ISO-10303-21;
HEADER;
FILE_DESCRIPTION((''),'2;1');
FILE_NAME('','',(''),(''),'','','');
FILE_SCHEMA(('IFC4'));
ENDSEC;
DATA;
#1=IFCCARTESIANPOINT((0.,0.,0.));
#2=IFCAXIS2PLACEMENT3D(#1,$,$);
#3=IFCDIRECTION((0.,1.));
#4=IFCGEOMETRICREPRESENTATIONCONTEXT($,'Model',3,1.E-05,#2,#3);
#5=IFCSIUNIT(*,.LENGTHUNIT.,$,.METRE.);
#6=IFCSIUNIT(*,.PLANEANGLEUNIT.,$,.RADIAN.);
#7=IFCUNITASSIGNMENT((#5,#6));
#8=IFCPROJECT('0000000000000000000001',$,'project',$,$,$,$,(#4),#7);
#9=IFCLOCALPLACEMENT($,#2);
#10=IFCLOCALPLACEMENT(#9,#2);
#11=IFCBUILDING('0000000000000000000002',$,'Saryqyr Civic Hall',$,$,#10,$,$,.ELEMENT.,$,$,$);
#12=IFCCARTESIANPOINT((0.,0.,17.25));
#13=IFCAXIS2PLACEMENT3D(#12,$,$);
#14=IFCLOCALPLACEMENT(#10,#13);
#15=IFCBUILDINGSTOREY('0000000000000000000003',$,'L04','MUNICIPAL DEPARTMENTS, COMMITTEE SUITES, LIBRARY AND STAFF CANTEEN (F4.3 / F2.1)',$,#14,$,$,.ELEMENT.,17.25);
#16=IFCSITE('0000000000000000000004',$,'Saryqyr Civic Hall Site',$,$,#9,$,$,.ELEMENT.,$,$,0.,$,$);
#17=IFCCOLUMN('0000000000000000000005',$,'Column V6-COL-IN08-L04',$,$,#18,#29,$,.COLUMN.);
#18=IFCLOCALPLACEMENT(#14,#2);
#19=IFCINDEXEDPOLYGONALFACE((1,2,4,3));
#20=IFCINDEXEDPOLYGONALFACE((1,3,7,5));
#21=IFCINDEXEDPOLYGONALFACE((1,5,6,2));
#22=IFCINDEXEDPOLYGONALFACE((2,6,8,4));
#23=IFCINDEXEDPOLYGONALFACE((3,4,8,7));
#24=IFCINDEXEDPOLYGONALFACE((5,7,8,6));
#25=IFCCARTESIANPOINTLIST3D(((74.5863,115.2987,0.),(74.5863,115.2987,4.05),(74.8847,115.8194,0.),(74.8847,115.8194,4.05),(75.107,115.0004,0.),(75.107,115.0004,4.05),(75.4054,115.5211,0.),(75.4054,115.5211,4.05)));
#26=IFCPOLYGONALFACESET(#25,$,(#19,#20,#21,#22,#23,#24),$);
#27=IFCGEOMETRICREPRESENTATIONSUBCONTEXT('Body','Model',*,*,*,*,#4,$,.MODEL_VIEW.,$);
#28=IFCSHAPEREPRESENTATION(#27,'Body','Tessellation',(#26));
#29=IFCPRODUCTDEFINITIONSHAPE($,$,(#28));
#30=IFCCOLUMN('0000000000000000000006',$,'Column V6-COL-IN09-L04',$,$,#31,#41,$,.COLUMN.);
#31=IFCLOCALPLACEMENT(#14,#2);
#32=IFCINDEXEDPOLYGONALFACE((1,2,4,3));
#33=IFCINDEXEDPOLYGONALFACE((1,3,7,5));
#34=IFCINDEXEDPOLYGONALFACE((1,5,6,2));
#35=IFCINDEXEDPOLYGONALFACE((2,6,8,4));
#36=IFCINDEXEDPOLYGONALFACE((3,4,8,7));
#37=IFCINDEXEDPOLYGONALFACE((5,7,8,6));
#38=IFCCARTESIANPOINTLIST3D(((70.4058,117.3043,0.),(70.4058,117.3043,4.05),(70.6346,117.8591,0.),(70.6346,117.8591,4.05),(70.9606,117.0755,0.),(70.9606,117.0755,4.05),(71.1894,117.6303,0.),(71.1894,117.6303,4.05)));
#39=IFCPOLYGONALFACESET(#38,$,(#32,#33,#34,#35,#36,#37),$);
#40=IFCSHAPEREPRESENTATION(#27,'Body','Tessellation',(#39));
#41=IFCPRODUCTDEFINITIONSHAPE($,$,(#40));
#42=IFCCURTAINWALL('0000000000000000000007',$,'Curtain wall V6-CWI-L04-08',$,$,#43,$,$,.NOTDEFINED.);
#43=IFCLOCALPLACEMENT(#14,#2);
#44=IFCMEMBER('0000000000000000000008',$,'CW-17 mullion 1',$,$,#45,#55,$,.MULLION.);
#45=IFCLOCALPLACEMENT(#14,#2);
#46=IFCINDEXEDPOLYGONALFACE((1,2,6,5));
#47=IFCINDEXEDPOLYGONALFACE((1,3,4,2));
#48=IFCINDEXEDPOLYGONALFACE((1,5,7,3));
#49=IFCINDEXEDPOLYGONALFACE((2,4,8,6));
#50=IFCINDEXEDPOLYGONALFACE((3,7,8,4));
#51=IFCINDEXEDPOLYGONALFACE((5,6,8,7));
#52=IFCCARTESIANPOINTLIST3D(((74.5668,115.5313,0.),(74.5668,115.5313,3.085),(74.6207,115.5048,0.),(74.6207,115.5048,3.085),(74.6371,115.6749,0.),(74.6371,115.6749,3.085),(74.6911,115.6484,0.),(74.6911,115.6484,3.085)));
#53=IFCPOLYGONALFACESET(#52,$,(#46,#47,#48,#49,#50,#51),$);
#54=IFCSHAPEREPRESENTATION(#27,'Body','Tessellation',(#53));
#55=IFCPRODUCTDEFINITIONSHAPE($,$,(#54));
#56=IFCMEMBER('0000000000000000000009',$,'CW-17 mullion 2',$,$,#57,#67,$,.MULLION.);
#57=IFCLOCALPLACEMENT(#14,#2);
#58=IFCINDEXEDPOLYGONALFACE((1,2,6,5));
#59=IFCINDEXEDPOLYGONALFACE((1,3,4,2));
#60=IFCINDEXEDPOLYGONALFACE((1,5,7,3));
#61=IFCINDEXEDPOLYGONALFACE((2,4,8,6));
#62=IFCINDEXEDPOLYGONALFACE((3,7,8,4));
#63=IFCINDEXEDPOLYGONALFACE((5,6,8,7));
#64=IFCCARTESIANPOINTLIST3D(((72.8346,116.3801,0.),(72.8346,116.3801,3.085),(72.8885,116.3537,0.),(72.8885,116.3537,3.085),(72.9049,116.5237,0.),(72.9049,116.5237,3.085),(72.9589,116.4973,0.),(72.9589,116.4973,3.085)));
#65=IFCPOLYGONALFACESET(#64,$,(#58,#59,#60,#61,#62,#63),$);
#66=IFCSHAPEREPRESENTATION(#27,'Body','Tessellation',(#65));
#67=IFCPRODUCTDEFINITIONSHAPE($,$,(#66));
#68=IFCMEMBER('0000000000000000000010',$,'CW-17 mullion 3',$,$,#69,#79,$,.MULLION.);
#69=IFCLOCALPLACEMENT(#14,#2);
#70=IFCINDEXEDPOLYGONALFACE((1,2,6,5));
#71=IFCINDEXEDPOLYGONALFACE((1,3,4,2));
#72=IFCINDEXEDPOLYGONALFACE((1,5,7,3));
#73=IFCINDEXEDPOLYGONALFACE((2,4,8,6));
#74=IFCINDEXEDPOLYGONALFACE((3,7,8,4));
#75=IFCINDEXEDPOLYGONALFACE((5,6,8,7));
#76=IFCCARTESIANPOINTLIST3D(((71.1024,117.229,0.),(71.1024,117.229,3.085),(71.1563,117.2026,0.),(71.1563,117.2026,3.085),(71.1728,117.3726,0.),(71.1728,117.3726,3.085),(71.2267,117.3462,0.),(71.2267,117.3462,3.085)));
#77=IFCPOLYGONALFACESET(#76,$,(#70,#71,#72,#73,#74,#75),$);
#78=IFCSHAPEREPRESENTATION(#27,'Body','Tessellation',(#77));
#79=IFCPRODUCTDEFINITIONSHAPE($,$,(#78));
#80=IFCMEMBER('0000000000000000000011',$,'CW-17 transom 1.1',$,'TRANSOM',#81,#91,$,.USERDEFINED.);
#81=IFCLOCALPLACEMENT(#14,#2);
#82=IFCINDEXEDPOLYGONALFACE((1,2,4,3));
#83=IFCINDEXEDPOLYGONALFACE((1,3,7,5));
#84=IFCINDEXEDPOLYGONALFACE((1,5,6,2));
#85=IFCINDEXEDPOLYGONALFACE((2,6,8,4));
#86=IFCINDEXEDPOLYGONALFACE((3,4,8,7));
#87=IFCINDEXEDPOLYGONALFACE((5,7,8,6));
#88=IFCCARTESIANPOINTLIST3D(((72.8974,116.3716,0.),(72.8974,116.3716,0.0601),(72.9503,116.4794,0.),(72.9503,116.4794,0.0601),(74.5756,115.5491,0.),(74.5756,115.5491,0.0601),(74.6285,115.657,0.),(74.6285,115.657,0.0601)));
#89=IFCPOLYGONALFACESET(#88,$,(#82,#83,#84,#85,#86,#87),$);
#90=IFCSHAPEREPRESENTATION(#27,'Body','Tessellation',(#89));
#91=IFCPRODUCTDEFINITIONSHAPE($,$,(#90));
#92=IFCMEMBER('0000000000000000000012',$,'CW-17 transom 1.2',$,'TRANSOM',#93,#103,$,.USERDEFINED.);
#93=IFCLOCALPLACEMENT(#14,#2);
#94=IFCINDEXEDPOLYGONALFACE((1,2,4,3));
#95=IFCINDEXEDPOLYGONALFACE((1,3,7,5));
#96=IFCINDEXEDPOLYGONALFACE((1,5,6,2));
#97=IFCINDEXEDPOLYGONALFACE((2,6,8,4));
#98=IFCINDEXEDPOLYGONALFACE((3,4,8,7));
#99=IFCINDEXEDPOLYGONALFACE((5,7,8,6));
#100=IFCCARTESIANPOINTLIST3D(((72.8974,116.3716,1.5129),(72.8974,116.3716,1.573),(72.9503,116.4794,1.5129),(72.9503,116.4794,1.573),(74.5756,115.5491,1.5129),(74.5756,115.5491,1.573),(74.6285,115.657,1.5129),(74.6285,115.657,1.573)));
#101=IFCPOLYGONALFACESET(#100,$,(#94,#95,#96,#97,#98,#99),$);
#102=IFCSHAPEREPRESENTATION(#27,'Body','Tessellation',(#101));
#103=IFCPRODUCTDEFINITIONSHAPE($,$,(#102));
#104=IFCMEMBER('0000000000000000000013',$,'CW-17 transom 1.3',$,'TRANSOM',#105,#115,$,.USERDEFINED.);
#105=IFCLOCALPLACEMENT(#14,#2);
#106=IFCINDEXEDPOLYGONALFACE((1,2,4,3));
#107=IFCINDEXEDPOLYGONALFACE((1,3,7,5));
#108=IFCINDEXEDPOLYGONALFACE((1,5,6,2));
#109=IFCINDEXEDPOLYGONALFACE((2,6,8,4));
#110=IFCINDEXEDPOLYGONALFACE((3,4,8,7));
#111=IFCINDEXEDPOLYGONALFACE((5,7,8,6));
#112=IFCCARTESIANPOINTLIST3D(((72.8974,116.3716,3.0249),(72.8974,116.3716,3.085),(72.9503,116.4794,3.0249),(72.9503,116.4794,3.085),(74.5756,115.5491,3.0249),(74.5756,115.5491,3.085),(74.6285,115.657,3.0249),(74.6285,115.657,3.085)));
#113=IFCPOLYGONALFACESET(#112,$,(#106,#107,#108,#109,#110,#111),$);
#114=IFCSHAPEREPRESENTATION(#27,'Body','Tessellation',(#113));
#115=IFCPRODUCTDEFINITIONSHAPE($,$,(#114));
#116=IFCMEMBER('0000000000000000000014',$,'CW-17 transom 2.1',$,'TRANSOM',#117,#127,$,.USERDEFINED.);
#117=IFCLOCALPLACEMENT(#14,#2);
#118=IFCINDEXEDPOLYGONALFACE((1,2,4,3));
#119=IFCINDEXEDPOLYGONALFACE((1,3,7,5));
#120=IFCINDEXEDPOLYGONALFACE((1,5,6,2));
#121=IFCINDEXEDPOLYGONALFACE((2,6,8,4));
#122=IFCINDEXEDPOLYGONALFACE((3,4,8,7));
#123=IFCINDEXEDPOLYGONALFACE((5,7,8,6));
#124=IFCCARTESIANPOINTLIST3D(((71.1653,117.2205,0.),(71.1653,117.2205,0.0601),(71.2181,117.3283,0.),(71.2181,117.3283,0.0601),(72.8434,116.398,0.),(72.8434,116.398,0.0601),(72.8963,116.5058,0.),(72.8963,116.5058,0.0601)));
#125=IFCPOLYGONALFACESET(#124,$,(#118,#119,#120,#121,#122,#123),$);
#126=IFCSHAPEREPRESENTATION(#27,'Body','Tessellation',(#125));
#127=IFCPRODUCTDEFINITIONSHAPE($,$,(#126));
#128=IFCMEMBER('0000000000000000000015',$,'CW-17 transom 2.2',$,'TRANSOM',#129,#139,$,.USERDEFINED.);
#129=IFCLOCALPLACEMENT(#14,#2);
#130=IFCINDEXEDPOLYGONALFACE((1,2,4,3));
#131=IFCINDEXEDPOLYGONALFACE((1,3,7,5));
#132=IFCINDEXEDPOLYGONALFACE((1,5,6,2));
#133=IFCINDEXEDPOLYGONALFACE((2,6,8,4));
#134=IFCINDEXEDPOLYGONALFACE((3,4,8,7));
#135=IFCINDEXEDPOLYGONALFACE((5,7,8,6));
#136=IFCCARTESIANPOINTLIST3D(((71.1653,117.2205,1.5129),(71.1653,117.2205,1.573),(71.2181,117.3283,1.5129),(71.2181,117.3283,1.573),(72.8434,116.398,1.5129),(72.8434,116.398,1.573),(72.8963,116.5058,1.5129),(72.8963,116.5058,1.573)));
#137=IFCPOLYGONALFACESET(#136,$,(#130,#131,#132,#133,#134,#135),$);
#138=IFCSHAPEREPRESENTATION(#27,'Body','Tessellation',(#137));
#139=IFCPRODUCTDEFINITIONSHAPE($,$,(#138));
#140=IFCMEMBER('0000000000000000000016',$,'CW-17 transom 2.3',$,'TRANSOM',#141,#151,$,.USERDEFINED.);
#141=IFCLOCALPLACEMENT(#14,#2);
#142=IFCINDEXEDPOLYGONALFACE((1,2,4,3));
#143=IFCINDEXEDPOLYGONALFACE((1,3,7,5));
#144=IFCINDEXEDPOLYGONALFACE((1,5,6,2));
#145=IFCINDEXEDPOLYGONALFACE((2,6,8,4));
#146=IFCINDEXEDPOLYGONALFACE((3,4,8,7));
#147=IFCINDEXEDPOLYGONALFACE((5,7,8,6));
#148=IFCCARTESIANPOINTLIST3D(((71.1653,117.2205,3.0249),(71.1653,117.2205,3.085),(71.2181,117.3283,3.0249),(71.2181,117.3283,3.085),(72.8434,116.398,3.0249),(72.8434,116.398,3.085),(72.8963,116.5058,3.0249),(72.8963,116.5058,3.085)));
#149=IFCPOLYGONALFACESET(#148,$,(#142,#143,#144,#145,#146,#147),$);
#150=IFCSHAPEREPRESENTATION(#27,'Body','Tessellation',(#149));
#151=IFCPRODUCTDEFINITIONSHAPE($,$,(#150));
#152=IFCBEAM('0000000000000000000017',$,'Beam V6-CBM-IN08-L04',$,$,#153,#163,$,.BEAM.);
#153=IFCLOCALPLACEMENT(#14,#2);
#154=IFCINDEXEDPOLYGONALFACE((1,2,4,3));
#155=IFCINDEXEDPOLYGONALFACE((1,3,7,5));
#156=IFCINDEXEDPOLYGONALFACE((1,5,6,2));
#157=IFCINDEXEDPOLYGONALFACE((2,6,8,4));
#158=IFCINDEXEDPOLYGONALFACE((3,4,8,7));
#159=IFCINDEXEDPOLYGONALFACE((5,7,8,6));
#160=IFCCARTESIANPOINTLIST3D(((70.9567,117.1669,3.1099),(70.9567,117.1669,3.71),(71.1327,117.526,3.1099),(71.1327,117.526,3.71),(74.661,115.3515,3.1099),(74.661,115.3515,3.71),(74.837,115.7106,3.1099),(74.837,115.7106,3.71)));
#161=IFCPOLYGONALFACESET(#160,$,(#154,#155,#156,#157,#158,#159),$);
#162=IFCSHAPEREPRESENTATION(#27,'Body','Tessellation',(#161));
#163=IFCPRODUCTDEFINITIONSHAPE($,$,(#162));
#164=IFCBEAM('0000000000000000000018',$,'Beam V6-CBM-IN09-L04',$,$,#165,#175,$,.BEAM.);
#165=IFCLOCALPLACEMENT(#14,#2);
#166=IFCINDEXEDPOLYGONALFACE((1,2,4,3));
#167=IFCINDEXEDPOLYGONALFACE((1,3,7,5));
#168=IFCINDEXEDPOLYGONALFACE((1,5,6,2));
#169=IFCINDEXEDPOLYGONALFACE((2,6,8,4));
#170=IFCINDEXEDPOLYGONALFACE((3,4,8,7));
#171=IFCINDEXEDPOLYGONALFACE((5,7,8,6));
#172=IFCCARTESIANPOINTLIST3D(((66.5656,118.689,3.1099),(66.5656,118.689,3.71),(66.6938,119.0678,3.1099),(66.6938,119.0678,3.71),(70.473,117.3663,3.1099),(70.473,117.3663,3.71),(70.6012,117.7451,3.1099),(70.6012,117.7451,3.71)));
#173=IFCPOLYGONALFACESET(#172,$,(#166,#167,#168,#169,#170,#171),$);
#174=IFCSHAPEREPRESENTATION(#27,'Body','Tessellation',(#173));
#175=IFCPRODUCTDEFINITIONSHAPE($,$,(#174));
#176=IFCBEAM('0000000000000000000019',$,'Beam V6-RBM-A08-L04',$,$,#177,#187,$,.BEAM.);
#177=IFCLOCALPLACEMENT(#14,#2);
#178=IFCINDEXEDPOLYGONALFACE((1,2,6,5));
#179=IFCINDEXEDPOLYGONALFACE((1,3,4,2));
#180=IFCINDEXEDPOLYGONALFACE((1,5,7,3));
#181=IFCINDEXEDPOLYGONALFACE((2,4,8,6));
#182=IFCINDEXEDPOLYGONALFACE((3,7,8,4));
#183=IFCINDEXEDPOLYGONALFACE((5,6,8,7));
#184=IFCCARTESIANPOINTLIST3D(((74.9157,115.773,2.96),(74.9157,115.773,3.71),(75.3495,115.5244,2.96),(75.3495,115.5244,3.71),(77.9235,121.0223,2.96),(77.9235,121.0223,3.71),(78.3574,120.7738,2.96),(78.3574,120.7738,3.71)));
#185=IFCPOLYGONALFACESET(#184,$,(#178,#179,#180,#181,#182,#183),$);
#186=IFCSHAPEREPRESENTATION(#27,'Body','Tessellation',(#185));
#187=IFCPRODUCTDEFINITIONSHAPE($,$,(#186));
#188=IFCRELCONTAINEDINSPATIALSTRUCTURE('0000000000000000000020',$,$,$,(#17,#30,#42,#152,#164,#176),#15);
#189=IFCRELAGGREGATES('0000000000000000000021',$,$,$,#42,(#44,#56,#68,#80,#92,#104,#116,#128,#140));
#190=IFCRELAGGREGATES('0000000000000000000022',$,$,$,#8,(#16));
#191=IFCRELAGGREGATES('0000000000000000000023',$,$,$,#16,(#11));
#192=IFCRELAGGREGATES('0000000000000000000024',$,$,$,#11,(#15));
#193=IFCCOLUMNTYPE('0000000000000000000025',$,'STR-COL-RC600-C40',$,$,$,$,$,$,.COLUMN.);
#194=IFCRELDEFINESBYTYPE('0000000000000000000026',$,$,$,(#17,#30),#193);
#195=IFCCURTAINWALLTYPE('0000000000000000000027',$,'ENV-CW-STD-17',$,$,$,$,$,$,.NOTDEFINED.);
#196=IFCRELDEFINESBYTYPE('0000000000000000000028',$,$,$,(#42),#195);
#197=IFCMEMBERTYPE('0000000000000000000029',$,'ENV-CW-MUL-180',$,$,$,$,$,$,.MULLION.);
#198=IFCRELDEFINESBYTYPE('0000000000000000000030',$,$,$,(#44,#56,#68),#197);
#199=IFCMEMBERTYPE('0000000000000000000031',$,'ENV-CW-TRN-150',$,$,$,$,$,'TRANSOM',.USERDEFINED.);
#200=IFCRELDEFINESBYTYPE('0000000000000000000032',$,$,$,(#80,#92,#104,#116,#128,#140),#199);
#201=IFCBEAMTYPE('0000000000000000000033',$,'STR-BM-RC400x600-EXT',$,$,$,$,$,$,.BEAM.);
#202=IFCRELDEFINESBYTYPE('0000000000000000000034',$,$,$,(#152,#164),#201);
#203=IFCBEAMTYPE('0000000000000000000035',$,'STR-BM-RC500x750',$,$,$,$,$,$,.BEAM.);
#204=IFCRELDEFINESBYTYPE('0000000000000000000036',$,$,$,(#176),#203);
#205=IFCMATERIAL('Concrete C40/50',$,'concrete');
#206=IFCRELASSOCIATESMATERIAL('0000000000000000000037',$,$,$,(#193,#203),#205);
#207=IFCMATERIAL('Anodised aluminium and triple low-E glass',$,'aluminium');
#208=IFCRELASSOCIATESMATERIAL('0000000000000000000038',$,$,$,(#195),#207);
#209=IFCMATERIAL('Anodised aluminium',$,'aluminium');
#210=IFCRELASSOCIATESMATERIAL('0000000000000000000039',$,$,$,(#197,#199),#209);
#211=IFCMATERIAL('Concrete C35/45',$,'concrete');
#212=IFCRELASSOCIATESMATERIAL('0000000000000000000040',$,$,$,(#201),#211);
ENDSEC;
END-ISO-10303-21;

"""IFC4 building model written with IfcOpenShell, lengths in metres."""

from ifc_helpers import new_model, si_unit, direction, frame, origin, origin_2d, place, context, subcontext, project, spatial, rectangle, extrude, material, material_profile, profile_set, type_object, element, aggregate, save


model = new_model("IFC4")

# Units and contexts
model_context = context("Model", 3, precision=1e-05, world=origin(), true_north=direction((0.0, 1.0)))
body_context = subcontext(model_context, "Body", "Model", "MODEL_VIEW")
ifc_project = project(units=[si_unit("LENGTHUNIT", "METRE"), si_unit("PLANEANGLEUNIT", "RADIAN")], contexts=[model_context])

# Site, building, storey
site_placement = place(None, origin())
site = spatial("IfcSite", under=ifc_project, at=site_placement, Name="Saryqyr Civic Hall Site", CompositionType="ELEMENT", RefElevation=0.0)
building_placement = place(site_placement, origin())
building = spatial("IfcBuilding", under=site, at=building_placement, Name="Saryqyr Civic Hall", CompositionType="ELEMENT")
storey_placement = place(building_placement, frame((0.0, 0.0, 17.25)))
storey = spatial("IfcBuildingStorey", under=building, at=storey_placement, Name="L04", Description="MUNICIPAL DEPARTMENTS, COMMITTEE SUITES, LIBRARY AND STAFF CANTEEN (F4.3 / F2.1)", CompositionType="ELEMENT", Elevation=17.25)

# Columns
ifc_material_1 = material(Name="Concrete C40/50", Category="concrete")
ifc_material_profile_1 = material_profile(ifc_material_1, rectangle(XDim=0.6001, YDim=0.6001, at=origin_2d()), Name="RC 600x600")
ifc_profile_set_1 = profile_set([ifc_material_profile_1], Name="Concrete C40/50")
column_type = type_object("IfcColumnType", Name="STR-COL-RC600-C40", PredefinedType="COLUMN", material=ifc_profile_set_1)
for number, where, z_axis, x_axis, name in (
    (1, (74.9958, 115.4099, 0.0), (0.0, 0.0, 1.0), (0.497125, 0.867679, 0.0), "Column V6-COL-IN08-L04"),
    (2, (70.7976, 117.4673, 0.0), (0.0, 0.0, 1.0), (0.381232, 0.92448, 0.0), "Column V6-COL-IN09-L04"),
):
    element("IfcColumn", number, at=place(storey_placement, frame(where, z_axis=z_axis, x_axis=x_axis)), inside=storey, type_object=column_type, Name=name, PredefinedType="COLUMN", context=body_context, shape_type="SweptSolid", body=[
        extrude(rectangle(XDim=0.6001, YDim=0.6001, at=origin_2d()), origin(), (0.0, 0.0, 1.0), 4.05),
    ])

# Curtain wall, members
ifc_material_2 = material(Name="Anodised aluminium and triple low-E glass", Category="aluminium")
curtain_wall_type = type_object("IfcCurtainWallType", Name="ENV-CW-STD-17", PredefinedType="NOTDEFINED", material=ifc_material_2)
curtain_wall_placement = place(storey_placement, origin())
curtain_wall = element("IfcCurtainWall", 3, at=curtain_wall_placement, inside=storey, type_object=curtain_wall_type, Name="Curtain wall V6-CWI-L04-08", PredefinedType="NOTDEFINED")
ifc_material_3 = material(Name="Anodised aluminium", Category="aluminium")
ifc_material_profile_2 = material_profile(ifc_material_3, rectangle(XDim=0.0601, YDim=0.1599, at=origin_2d()), Name="ALU MULLION 60x160")
ifc_profile_set_2 = profile_set([ifc_material_profile_2], Name="Anodised aluminium")
member_type_1 = type_object("IfcMemberType", Name="ENV-CW-MUL-180", PredefinedType="MULLION", material=ifc_profile_set_2)
member_1_placement = place(storey_placement, frame((74.6289, 115.5898, 0.0), z_axis=(0.0, 0.0, 1.0), x_axis=(-0.897962, 0.440073, 0.0)))
member_1 = element("IfcMember", 4, at=member_1_placement, type_object=member_type_1, Name="CW-17 mullion 1", PredefinedType="MULLION", context=body_context, shape_type="SweptSolid", body=[
    extrude(rectangle(XDim=0.0601, YDim=0.1599, at=origin_2d()), origin(), (0.0, 0.0, 1.0), 3.085),
])
member_2_placement = place(storey_placement, frame((72.8967, 116.4387, 0.0), z_axis=(0.0, 0.0, 1.0), x_axis=(-0.897962, 0.440073, 0.0)))
member_2 = element("IfcMember", 5, at=member_2_placement, type_object=member_type_1, Name="CW-17 mullion 2", PredefinedType="MULLION", context=body_context, shape_type="SweptSolid", body=[
    extrude(rectangle(XDim=0.0601, YDim=0.1599, at=origin_2d()), origin(), (0.0, 0.0, 1.0), 3.085),
])
member_3_placement = place(storey_placement, frame((71.1646, 117.2876, 0.0), z_axis=(0.0, 0.0, 1.0), x_axis=(-0.897962, 0.440073, 0.0)))
member_3 = element("IfcMember", 6, at=member_3_placement, type_object=member_type_1, Name="CW-17 mullion 3", PredefinedType="MULLION", context=body_context, shape_type="SweptSolid", body=[
    extrude(rectangle(XDim=0.0601, YDim=0.1599, at=origin_2d()), origin(), (0.0, 0.0, 1.0), 3.085),
])
ifc_material_profile_3 = material_profile(ifc_material_3, rectangle(XDim=0.1201, YDim=0.0601, at=origin_2d()), Name="ALU TRANSOM 120x60")
ifc_profile_set_3 = profile_set([ifc_material_profile_3], Name="Anodised aluminium")
member_type_2 = type_object("IfcMemberType", Name="ENV-CW-TRN-150", ElementType="TRANSOM", PredefinedType="USERDEFINED", material=ifc_profile_set_3)
member_4_placement = place(storey_placement, frame((74.6021, 115.603, 0.03), z_axis=(-0.897952, 0.440093, 0.0), x_axis=(-0.440093, -0.897952, 0.0)))
member_4 = element("IfcMember", 7, at=member_4_placement, type_object=member_type_2, Name="CW-17 transom 1.1", ObjectType="TRANSOM", PredefinedType="USERDEFINED", context=body_context, shape_type="SweptSolid", body=[
    extrude(rectangle(XDim=0.1201, YDim=0.0601, at=origin_2d()), origin(), (0.0, 0.0, 1.0), 1.8689),
])
member_5_placement = place(storey_placement, frame((74.6021, 115.603, 1.543), z_axis=(-0.897952, 0.440093, 0.0), x_axis=(-0.440093, -0.897952, 0.0)))
member_5 = element("IfcMember", 8, at=member_5_placement, type_object=member_type_2, Name="CW-17 transom 1.2", ObjectType="TRANSOM", PredefinedType="USERDEFINED", context=body_context, shape_type="SweptSolid", body=[
    extrude(rectangle(XDim=0.1201, YDim=0.0601, at=origin_2d()), origin(), (0.0, 0.0, 1.0), 1.8689),
])
member_6_placement = place(storey_placement, frame((74.6021, 115.603, 3.0549), z_axis=(-0.897952, 0.440093, 0.0), x_axis=(-0.440093, -0.897952, 0.0)))
member_6 = element("IfcMember", 9, at=member_6_placement, type_object=member_type_2, Name="CW-17 transom 1.3", ObjectType="TRANSOM", PredefinedType="USERDEFINED", context=body_context, shape_type="SweptSolid", body=[
    extrude(rectangle(XDim=0.1201, YDim=0.0601, at=origin_2d()), origin(), (0.0, 0.0, 1.0), 1.8689),
])
member_7_placement = place(storey_placement, frame((72.8699, 116.4519, 0.03), z_axis=(-0.897952, 0.440093, 0.0), x_axis=(-0.440093, -0.897952, 0.0)))
member_7 = element("IfcMember", 10, at=member_7_placement, type_object=member_type_2, Name="CW-17 transom 2.1", ObjectType="TRANSOM", PredefinedType="USERDEFINED", context=body_context, shape_type="SweptSolid", body=[
    extrude(rectangle(XDim=0.1201, YDim=0.0601, at=origin_2d()), origin(), (0.0, 0.0, 1.0), 1.8689),
])
member_8_placement = place(storey_placement, frame((72.8699, 116.4519, 1.543), z_axis=(-0.897952, 0.440093, 0.0), x_axis=(-0.440093, -0.897952, 0.0)))
member_8 = element("IfcMember", 11, at=member_8_placement, type_object=member_type_2, Name="CW-17 transom 2.2", ObjectType="TRANSOM", PredefinedType="USERDEFINED", context=body_context, shape_type="SweptSolid", body=[
    extrude(rectangle(XDim=0.1201, YDim=0.0601, at=origin_2d()), origin(), (0.0, 0.0, 1.0), 1.8689),
])
member_9_placement = place(storey_placement, frame((72.8699, 116.4519, 3.0549), z_axis=(-0.897952, 0.440093, 0.0), x_axis=(-0.440093, -0.897952, 0.0)))
member_9 = element("IfcMember", 12, at=member_9_placement, type_object=member_type_2, Name="CW-17 transom 2.3", ObjectType="TRANSOM", PredefinedType="USERDEFINED", context=body_context, shape_type="SweptSolid", body=[
    extrude(rectangle(XDim=0.1201, YDim=0.0601, at=origin_2d()), origin(), (0.0, 0.0, 1.0), 1.8689),
])

# Beams
ifc_material_4 = material(Name="Concrete C35/45", Category="concrete")
ifc_material_profile_4 = material_profile(ifc_material_4, rectangle(XDim=0.3999, YDim=0.6001, at=origin_2d()), Name="RC 400x600")
ifc_profile_set_4 = profile_set([ifc_material_profile_4], Name="Concrete C35/45")
beam_type_1 = type_object("IfcBeamType", Name="STR-BM-RC400x600-EXT", PredefinedType="BEAM", material=ifc_profile_set_4)
for number, where, z_axis, x_axis, name in (
    (13, (74.749, 115.531, 3.4099), (-0.897962, 0.440074, 0.0), (-0.440074, -0.897962, 0.0), "Beam V6-CBM-IN08-L04"),
    (14, (70.5371, 117.5557, 3.4099), (-0.947199, 0.320645, 0.0), (-0.320645, -0.947199, 0.0), "Beam V6-CBM-IN09-L04"),
):
    element("IfcBeam", number, at=place(storey_placement, frame(where, z_axis=z_axis, x_axis=x_axis)), inside=storey, type_object=beam_type_1, Name=name, PredefinedType="BEAM", context=body_context, shape_type="SweptSolid", body=[
        extrude(rectangle(XDim=0.3999, YDim=0.6001, at=origin_2d()), origin(), (0.0, 0.0, 1.0), 4.1252),
    ])
ifc_material_profile_5 = material_profile(ifc_material_1, rectangle(XDim=0.5, YDim=0.75, at=origin_2d()), Name="RC 500x750")
ifc_profile_set_5 = profile_set([ifc_material_profile_5], Name="Concrete C40/50")
beam_type_2 = type_object("IfcBeamType", Name="STR-BM-RC500x750", PredefinedType="BEAM", material=ifc_profile_set_5)
for number, where, z_axis, x_axis, name in (
    (15, (75.1326, 115.6487, 3.335), (0.497164, 0.867656, 0.0), (-0.867656, 0.497164, 0.0), "Beam V6-RBM-A08-L04"),
):
    element("IfcBeam", number, at=place(storey_placement, frame(where, z_axis=z_axis, x_axis=x_axis)), inside=storey, type_object=beam_type_2, Name=name, PredefinedType="BEAM", context=body_context, shape_type="SweptSolid", body=[
        extrude(rectangle(XDim=0.5, YDim=0.75, at=origin_2d()), origin(), (0.0, 0.0, 1.0), 6.05),
    ])

aggregate(curtain_wall, [member_1, member_2, member_3, member_4, member_5, member_6, member_7, member_8, member_9])

save(model, "model.ifc")
